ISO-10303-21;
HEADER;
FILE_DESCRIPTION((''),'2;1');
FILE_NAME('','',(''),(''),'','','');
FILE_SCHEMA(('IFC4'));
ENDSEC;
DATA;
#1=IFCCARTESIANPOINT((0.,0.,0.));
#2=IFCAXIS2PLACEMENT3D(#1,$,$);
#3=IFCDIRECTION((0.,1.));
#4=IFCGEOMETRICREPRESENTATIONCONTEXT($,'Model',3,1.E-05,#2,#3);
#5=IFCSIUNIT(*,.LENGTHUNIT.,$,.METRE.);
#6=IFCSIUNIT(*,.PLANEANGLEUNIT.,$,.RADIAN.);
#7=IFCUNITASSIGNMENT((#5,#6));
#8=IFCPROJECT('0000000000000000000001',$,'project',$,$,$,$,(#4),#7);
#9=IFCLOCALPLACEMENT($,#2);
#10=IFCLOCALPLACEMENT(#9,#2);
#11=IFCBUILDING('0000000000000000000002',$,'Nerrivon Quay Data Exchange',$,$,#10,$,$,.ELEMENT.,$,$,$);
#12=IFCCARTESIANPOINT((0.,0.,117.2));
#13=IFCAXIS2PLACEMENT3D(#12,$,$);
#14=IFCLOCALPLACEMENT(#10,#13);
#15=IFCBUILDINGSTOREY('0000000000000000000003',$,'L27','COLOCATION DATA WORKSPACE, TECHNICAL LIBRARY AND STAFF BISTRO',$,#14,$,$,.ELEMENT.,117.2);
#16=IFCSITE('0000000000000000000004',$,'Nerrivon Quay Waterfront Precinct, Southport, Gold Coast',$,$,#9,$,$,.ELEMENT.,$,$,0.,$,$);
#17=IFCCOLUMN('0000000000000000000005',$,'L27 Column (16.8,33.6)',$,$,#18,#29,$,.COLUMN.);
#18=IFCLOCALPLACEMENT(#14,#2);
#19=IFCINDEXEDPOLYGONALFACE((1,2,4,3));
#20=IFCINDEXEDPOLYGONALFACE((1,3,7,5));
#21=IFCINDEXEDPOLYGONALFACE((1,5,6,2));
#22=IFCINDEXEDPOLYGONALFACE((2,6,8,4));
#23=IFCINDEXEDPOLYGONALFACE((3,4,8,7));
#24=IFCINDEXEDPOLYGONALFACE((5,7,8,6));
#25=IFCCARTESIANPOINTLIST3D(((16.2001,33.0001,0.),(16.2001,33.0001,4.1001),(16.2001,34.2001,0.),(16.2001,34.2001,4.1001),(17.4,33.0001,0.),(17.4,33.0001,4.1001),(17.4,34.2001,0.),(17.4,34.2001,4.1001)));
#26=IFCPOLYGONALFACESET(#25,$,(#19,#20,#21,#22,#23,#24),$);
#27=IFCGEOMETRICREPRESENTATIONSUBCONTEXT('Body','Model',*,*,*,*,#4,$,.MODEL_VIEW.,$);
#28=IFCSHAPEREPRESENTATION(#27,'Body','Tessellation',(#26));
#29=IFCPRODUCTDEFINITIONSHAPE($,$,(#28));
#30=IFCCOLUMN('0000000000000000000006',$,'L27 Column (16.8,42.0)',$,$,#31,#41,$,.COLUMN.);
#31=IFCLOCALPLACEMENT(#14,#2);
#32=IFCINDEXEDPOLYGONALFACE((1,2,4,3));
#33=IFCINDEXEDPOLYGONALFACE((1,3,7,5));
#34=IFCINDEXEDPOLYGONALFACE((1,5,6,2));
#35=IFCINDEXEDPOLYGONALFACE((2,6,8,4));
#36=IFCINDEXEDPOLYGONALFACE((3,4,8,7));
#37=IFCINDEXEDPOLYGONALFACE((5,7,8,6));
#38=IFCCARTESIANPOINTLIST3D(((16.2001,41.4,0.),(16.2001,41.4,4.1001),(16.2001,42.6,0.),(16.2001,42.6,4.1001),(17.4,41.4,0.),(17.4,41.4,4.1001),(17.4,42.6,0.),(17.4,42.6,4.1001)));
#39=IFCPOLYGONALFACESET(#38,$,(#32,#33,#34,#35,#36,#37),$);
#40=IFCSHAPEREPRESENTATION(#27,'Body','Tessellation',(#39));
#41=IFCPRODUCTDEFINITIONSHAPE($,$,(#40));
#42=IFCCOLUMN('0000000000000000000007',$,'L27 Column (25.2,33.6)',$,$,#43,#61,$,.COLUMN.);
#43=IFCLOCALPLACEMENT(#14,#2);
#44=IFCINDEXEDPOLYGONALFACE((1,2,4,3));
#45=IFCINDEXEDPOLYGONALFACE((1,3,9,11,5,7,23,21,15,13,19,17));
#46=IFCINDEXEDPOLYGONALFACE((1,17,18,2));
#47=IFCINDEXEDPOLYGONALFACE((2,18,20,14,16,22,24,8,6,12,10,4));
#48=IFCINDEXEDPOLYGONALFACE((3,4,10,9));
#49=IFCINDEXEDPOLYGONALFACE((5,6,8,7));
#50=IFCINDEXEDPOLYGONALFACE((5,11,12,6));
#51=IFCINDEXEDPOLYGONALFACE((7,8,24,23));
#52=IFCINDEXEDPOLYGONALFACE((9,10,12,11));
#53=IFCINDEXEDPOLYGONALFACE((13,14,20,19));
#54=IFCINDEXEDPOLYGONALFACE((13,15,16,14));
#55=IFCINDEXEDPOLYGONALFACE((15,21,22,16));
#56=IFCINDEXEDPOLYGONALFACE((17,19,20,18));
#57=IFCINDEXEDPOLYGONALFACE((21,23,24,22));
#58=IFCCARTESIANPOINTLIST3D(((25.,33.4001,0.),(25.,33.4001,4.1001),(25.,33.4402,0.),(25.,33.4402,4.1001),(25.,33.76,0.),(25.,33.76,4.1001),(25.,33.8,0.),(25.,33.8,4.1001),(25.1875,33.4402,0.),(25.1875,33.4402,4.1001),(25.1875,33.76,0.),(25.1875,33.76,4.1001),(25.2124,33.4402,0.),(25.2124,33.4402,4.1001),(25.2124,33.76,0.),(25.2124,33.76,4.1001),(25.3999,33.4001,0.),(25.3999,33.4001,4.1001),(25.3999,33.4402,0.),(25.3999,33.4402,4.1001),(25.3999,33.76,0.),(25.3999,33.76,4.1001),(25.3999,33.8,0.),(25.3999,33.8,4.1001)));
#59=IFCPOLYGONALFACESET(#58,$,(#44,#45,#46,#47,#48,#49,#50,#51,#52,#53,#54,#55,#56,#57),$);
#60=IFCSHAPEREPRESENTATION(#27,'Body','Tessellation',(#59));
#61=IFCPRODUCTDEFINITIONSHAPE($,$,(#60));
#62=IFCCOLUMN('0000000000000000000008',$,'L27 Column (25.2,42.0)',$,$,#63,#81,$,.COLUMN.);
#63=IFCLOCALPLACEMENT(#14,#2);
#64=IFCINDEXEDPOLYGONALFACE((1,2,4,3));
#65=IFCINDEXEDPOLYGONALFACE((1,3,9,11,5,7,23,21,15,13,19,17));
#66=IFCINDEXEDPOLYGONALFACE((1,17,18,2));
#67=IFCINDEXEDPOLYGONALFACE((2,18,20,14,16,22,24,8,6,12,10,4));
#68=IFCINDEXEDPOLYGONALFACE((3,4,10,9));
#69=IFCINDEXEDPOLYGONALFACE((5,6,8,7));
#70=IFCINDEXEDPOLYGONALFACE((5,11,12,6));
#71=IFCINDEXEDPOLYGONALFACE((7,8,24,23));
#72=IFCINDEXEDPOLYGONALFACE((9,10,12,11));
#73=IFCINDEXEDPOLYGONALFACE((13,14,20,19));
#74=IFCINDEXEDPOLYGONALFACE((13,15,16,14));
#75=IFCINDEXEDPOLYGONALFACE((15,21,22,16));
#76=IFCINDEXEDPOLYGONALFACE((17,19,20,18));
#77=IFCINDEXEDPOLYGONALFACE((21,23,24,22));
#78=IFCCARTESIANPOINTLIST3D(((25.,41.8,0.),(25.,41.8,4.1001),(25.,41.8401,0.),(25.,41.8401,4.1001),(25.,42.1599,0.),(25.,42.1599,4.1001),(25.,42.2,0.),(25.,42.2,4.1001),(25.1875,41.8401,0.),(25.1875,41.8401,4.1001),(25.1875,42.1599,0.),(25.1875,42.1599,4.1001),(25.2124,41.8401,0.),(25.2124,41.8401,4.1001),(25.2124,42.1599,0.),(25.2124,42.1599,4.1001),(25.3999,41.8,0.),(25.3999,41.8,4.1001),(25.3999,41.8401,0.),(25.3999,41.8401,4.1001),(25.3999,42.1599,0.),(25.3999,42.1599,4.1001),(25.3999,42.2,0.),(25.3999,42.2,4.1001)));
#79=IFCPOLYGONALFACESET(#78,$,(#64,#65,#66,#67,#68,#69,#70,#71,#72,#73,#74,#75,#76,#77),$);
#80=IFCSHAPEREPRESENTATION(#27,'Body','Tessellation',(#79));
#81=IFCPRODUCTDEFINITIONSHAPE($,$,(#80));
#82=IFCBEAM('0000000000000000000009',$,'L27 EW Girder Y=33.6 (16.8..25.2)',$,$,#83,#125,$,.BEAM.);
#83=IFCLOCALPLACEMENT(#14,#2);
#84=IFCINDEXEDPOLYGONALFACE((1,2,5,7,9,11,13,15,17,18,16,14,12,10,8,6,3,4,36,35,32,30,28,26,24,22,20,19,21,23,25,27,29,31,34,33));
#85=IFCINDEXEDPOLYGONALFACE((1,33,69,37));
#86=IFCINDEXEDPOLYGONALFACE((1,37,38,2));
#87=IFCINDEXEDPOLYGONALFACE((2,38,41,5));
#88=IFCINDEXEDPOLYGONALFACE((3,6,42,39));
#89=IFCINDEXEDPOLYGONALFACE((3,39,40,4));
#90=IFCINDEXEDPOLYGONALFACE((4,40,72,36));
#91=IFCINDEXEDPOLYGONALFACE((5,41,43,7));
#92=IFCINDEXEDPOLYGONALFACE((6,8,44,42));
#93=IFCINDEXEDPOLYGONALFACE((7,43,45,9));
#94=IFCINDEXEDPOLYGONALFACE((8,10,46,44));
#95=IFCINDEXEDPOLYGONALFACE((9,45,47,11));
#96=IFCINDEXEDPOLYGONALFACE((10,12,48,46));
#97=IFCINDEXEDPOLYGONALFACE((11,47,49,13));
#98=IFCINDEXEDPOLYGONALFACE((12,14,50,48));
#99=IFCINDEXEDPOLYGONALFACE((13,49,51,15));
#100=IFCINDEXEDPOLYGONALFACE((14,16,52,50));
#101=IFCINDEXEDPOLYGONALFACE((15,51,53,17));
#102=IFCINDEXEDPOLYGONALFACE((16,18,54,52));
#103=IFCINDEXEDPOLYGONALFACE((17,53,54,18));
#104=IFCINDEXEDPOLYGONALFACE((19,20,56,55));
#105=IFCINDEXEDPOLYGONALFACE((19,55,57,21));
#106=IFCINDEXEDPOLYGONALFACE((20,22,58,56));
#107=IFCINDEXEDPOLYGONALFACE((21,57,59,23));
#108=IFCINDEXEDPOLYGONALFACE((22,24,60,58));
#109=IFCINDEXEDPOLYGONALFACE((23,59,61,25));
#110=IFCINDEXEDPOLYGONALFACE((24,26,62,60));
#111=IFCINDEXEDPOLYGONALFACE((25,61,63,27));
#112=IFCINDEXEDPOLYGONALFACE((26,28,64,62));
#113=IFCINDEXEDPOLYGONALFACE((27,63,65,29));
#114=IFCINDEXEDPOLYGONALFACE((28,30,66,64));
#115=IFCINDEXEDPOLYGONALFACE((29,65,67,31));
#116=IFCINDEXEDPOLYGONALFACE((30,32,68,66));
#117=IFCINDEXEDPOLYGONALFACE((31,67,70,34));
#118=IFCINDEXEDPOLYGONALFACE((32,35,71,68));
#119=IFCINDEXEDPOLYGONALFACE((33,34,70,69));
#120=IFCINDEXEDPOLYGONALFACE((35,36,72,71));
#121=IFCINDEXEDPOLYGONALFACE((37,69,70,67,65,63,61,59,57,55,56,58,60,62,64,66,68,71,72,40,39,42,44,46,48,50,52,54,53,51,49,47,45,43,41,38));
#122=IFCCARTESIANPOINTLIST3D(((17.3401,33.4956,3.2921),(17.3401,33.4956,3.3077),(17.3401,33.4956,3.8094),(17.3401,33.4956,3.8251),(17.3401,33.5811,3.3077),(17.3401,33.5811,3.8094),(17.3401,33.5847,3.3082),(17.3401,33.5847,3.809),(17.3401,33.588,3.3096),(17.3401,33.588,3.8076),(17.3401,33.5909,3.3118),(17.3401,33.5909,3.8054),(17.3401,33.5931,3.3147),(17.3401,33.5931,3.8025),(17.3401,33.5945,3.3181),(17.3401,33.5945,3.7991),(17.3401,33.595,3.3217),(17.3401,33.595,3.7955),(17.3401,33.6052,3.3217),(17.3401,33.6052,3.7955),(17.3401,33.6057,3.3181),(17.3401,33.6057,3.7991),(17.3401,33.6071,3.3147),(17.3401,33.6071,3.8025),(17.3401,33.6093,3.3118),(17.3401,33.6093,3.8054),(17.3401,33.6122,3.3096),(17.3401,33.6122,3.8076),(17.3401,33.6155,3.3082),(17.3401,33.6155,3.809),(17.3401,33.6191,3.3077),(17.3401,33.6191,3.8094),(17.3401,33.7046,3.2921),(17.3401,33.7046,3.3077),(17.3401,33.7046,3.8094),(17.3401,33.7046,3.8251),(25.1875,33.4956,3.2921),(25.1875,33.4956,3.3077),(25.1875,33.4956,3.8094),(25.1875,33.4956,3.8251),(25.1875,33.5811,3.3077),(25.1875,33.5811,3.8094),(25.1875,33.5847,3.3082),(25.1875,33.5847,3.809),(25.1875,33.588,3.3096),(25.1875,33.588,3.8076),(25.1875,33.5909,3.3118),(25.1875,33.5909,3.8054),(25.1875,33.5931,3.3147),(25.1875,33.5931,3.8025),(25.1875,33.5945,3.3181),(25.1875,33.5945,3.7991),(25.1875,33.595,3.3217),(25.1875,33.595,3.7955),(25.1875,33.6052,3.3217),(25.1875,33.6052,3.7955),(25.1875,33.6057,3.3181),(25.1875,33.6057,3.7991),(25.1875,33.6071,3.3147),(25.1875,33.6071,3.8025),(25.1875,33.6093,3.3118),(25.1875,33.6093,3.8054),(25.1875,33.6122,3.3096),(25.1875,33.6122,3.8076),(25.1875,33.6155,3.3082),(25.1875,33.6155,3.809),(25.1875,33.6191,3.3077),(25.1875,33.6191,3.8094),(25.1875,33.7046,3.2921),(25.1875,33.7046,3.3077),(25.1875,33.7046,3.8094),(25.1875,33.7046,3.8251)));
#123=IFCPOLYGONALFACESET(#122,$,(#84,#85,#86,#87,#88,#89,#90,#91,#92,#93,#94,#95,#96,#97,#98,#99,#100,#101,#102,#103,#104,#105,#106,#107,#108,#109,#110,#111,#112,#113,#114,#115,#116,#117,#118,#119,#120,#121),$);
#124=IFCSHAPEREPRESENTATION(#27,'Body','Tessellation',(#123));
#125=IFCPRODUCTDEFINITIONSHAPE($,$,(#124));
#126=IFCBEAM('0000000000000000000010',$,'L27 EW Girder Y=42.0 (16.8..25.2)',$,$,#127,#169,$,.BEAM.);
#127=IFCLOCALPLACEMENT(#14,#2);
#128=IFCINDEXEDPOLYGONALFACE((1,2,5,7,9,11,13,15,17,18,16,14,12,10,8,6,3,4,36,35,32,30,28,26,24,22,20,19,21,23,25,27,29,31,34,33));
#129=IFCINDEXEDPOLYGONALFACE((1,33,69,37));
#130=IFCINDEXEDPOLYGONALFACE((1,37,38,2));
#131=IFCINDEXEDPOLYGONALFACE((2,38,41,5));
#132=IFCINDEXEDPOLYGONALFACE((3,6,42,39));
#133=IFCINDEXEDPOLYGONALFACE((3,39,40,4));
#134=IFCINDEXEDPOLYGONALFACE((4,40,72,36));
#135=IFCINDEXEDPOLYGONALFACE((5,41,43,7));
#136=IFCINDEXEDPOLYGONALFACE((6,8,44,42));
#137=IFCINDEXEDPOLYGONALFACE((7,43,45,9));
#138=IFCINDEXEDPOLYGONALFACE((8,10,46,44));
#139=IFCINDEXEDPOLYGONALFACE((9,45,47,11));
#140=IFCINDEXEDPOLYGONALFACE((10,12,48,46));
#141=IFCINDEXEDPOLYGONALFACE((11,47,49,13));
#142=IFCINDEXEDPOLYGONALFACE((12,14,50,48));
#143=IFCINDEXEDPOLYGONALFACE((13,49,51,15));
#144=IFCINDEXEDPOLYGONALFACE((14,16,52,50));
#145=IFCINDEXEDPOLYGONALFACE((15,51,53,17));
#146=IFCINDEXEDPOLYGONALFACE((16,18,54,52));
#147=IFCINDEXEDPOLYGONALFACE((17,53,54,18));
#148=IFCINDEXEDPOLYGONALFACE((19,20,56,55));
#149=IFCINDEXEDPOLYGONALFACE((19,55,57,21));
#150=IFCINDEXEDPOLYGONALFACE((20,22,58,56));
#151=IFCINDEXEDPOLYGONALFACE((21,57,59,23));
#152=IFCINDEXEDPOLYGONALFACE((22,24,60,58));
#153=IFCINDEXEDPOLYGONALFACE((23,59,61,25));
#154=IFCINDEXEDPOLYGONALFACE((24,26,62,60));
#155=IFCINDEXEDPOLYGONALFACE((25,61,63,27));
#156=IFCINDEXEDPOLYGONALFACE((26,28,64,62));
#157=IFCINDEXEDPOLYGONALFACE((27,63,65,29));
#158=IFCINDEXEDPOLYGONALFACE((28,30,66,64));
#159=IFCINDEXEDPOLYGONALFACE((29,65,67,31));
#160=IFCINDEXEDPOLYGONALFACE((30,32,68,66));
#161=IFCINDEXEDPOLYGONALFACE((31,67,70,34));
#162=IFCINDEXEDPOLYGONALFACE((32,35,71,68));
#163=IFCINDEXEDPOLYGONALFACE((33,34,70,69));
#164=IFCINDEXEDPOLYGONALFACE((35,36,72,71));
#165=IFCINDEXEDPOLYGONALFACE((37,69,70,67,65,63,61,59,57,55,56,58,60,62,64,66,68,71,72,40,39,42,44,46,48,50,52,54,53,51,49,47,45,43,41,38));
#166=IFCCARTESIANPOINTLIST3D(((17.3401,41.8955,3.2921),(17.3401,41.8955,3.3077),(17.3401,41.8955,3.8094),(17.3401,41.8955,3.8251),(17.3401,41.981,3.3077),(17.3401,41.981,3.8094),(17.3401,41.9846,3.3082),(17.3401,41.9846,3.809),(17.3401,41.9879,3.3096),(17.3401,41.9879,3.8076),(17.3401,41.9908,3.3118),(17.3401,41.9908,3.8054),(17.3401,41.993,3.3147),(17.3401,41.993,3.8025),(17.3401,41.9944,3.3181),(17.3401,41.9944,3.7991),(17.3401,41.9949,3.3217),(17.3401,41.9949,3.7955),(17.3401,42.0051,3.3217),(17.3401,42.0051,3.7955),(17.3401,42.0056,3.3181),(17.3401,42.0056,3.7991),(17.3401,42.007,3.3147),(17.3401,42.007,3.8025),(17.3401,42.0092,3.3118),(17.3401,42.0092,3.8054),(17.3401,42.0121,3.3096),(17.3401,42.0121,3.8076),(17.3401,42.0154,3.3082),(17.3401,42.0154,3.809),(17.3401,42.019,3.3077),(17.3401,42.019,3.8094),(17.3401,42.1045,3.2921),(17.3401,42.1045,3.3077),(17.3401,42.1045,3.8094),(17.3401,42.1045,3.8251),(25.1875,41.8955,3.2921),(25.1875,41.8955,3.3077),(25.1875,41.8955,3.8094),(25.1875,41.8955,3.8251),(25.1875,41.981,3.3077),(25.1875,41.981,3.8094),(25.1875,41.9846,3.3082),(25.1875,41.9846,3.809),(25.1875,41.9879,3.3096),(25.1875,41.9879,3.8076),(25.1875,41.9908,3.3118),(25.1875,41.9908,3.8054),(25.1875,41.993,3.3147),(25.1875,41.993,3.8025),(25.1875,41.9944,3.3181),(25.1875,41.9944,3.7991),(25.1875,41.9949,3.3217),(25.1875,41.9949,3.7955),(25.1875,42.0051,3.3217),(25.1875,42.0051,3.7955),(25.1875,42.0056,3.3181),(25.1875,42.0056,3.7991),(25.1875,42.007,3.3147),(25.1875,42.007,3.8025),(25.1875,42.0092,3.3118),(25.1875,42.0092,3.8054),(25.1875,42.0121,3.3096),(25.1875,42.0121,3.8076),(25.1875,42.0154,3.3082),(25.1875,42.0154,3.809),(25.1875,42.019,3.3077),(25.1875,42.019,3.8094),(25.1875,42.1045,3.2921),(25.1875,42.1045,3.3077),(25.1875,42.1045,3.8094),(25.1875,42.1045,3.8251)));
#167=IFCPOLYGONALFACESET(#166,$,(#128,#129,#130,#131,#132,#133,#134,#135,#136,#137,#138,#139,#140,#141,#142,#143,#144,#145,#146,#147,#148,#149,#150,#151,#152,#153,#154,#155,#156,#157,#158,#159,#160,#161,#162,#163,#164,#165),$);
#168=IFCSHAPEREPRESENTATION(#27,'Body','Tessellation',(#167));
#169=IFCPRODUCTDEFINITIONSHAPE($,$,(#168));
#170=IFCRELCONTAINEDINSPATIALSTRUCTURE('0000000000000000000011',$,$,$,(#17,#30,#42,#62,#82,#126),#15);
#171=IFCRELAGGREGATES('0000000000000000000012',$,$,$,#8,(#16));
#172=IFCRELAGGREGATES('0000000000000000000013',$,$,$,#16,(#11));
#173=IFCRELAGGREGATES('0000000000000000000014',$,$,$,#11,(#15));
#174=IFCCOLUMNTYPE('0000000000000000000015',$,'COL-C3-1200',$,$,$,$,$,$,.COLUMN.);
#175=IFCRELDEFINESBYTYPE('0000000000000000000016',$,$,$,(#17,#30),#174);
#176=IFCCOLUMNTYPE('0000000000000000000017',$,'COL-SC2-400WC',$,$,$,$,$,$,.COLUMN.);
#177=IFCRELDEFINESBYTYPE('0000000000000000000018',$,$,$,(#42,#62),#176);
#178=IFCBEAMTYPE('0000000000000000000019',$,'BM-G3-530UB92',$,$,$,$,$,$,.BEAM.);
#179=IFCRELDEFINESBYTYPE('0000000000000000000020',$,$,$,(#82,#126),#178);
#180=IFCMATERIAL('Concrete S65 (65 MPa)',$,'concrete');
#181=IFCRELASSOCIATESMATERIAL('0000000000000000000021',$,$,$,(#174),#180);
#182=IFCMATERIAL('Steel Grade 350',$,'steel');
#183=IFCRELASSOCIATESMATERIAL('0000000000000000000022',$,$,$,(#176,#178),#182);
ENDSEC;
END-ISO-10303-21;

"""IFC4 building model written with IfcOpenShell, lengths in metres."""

from ifc_helpers import new_model, si_unit, direction, frame, origin, origin_2d, place, context, subcontext, project, spatial, rectangle, i_section, extrude, material, material_profile, profile_set, type_object, element, save


model = new_model("IFC4")

# Units and contexts
model_context = context("Model", 3, precision=1e-05, world=origin(), true_north=direction((0.0, 1.0)))
body_context = subcontext(model_context, "Body", "Model", "MODEL_VIEW")
ifc_project = project(units=[si_unit("LENGTHUNIT", "METRE"), si_unit("PLANEANGLEUNIT", "RADIAN")], contexts=[model_context])

# Site, building, storey
site_placement = place(None, origin())
site = spatial("IfcSite", under=ifc_project, at=site_placement, Name="Nerrivon Quay Waterfront Precinct, Southport, Gold Coast", CompositionType="ELEMENT", RefElevation=0.0)
building_placement = place(site_placement, origin())
building = spatial("IfcBuilding", under=site, at=building_placement, Name="Nerrivon Quay Data Exchange", CompositionType="ELEMENT")
storey_placement = place(building_placement, frame((0.0, 0.0, 117.2)))
storey = spatial("IfcBuildingStorey", under=building, at=storey_placement, Name="L27", Description="COLOCATION DATA WORKSPACE, TECHNICAL LIBRARY AND STAFF BISTRO", CompositionType="ELEMENT", Elevation=117.2)

# Columns
ifc_material_1 = material(Name="Concrete S65 (65 MPa)", Category="concrete")
ifc_material_profile_1 = material_profile(ifc_material_1, rectangle(XDim=1.2, YDim=1.2, at=origin_2d()), Name="RC-COL-1200x1200")
ifc_profile_set_1 = profile_set([ifc_material_profile_1], Name="Concrete S65 (65 MPa)")
column_type_1 = type_object("IfcColumnType", Name="COL-C3-1200", PredefinedType="COLUMN", material=ifc_profile_set_1)
for number, where, z_axis, x_axis, name in (
    (1, (16.8, 33.6001, 0.0), (0.0, 0.0, 1.0), (1.0, 0.0, 0.0), "L27 Column (16.8,33.6)"),
    (2, (16.8, 42.0, 0.0), (0.0, 0.0, 1.0), (1.0, 0.0, 0.0), "L27 Column (16.8,42.0)"),
):
    element("IfcColumn", number, at=place(storey_placement, frame(where, z_axis=z_axis, x_axis=x_axis)), inside=storey, type_object=column_type_1, Name=name, PredefinedType="COLUMN", context=body_context, shape_type="SweptSolid", body=[
        extrude(rectangle(XDim=1.2, YDim=1.2, at=origin_2d()), origin(), (0.0, 0.0, 1.0), 4.1001),
    ])
ifc_material_2 = material(Name="Steel Grade 350", Category="steel")
ifc_material_profile_2 = material_profile(ifc_material_2, i_section(OverallWidth=0.3999, OverallDepth=0.3999, WebThickness=0.0249, FlangeThickness=0.04, at=origin_2d()), Name="400WC328")
ifc_profile_set_2 = profile_set([ifc_material_profile_2], Name="Steel Grade 350")
column_type_2 = type_object("IfcColumnType", Name="COL-SC2-400WC", PredefinedType="COLUMN", material=ifc_profile_set_2)
for number, where, z_axis, x_axis, name in (
    (3, (25.2, 33.6001, 0.0), (0.0, 0.0, 1.0), (1.0, 0.0, 0.0), "L27 Column (25.2,33.6)"),
    (4, (25.2, 42.0, 0.0), (0.0, 0.0, 1.0), (1.0, 0.0, 0.0), "L27 Column (25.2,42.0)"),
):
    element("IfcColumn", number, at=place(storey_placement, frame(where, z_axis=z_axis, x_axis=x_axis)), inside=storey, type_object=column_type_2, Name=name, PredefinedType="COLUMN", context=body_context, shape_type="SweptSolid", body=[
        extrude(i_section(OverallWidth=0.3999, OverallDepth=0.3999, WebThickness=0.0249, FlangeThickness=0.04, at=origin_2d()), origin(), (0.0, 0.0, 1.0), 4.1001),
    ])

# Beams
ifc_material_profile_3 = material_profile(ifc_material_2, i_section(OverallWidth=0.209, OverallDepth=0.533, WebThickness=0.0103, FlangeThickness=0.0156, FilletRadius=0.0139, at=origin_2d()), Name="530UB92.4")
ifc_profile_set_3 = profile_set([ifc_material_profile_3], Name="Steel Grade 350")
beam_type_1 = type_object("IfcBeamType", Name="BM-G3-530UB92", PredefinedType="BEAM", material=ifc_profile_set_3)
for number, where, z_axis, x_axis, name in (
    (5, (17.3401, 33.6001, 3.5586), (1.0, 0.0, 0.0), (0.0, 1.0, 0.0), "L27 EW Girder Y=33.6 (16.8..25.2)"),
    (6, (17.3401, 42.0, 3.5586), (1.0, 0.0, 0.0), (0.0, 1.0, 0.0), "L27 EW Girder Y=42.0 (16.8..25.2)"),
):
    element("IfcBeam", number, at=place(storey_placement, frame(where, z_axis=z_axis, x_axis=x_axis)), inside=storey, type_object=beam_type_1, Name=name, PredefinedType="BEAM", context=body_context, shape_type="SweptSolid", body=[
        extrude(i_section(OverallWidth=0.209, OverallDepth=0.533, WebThickness=0.0103, FlangeThickness=0.0156, FilletRadius=0.0139, at=origin_2d()), origin(), (0.0, 0.0, 1.0), 7.8474),
    ])

save(model, "model.ifc")
